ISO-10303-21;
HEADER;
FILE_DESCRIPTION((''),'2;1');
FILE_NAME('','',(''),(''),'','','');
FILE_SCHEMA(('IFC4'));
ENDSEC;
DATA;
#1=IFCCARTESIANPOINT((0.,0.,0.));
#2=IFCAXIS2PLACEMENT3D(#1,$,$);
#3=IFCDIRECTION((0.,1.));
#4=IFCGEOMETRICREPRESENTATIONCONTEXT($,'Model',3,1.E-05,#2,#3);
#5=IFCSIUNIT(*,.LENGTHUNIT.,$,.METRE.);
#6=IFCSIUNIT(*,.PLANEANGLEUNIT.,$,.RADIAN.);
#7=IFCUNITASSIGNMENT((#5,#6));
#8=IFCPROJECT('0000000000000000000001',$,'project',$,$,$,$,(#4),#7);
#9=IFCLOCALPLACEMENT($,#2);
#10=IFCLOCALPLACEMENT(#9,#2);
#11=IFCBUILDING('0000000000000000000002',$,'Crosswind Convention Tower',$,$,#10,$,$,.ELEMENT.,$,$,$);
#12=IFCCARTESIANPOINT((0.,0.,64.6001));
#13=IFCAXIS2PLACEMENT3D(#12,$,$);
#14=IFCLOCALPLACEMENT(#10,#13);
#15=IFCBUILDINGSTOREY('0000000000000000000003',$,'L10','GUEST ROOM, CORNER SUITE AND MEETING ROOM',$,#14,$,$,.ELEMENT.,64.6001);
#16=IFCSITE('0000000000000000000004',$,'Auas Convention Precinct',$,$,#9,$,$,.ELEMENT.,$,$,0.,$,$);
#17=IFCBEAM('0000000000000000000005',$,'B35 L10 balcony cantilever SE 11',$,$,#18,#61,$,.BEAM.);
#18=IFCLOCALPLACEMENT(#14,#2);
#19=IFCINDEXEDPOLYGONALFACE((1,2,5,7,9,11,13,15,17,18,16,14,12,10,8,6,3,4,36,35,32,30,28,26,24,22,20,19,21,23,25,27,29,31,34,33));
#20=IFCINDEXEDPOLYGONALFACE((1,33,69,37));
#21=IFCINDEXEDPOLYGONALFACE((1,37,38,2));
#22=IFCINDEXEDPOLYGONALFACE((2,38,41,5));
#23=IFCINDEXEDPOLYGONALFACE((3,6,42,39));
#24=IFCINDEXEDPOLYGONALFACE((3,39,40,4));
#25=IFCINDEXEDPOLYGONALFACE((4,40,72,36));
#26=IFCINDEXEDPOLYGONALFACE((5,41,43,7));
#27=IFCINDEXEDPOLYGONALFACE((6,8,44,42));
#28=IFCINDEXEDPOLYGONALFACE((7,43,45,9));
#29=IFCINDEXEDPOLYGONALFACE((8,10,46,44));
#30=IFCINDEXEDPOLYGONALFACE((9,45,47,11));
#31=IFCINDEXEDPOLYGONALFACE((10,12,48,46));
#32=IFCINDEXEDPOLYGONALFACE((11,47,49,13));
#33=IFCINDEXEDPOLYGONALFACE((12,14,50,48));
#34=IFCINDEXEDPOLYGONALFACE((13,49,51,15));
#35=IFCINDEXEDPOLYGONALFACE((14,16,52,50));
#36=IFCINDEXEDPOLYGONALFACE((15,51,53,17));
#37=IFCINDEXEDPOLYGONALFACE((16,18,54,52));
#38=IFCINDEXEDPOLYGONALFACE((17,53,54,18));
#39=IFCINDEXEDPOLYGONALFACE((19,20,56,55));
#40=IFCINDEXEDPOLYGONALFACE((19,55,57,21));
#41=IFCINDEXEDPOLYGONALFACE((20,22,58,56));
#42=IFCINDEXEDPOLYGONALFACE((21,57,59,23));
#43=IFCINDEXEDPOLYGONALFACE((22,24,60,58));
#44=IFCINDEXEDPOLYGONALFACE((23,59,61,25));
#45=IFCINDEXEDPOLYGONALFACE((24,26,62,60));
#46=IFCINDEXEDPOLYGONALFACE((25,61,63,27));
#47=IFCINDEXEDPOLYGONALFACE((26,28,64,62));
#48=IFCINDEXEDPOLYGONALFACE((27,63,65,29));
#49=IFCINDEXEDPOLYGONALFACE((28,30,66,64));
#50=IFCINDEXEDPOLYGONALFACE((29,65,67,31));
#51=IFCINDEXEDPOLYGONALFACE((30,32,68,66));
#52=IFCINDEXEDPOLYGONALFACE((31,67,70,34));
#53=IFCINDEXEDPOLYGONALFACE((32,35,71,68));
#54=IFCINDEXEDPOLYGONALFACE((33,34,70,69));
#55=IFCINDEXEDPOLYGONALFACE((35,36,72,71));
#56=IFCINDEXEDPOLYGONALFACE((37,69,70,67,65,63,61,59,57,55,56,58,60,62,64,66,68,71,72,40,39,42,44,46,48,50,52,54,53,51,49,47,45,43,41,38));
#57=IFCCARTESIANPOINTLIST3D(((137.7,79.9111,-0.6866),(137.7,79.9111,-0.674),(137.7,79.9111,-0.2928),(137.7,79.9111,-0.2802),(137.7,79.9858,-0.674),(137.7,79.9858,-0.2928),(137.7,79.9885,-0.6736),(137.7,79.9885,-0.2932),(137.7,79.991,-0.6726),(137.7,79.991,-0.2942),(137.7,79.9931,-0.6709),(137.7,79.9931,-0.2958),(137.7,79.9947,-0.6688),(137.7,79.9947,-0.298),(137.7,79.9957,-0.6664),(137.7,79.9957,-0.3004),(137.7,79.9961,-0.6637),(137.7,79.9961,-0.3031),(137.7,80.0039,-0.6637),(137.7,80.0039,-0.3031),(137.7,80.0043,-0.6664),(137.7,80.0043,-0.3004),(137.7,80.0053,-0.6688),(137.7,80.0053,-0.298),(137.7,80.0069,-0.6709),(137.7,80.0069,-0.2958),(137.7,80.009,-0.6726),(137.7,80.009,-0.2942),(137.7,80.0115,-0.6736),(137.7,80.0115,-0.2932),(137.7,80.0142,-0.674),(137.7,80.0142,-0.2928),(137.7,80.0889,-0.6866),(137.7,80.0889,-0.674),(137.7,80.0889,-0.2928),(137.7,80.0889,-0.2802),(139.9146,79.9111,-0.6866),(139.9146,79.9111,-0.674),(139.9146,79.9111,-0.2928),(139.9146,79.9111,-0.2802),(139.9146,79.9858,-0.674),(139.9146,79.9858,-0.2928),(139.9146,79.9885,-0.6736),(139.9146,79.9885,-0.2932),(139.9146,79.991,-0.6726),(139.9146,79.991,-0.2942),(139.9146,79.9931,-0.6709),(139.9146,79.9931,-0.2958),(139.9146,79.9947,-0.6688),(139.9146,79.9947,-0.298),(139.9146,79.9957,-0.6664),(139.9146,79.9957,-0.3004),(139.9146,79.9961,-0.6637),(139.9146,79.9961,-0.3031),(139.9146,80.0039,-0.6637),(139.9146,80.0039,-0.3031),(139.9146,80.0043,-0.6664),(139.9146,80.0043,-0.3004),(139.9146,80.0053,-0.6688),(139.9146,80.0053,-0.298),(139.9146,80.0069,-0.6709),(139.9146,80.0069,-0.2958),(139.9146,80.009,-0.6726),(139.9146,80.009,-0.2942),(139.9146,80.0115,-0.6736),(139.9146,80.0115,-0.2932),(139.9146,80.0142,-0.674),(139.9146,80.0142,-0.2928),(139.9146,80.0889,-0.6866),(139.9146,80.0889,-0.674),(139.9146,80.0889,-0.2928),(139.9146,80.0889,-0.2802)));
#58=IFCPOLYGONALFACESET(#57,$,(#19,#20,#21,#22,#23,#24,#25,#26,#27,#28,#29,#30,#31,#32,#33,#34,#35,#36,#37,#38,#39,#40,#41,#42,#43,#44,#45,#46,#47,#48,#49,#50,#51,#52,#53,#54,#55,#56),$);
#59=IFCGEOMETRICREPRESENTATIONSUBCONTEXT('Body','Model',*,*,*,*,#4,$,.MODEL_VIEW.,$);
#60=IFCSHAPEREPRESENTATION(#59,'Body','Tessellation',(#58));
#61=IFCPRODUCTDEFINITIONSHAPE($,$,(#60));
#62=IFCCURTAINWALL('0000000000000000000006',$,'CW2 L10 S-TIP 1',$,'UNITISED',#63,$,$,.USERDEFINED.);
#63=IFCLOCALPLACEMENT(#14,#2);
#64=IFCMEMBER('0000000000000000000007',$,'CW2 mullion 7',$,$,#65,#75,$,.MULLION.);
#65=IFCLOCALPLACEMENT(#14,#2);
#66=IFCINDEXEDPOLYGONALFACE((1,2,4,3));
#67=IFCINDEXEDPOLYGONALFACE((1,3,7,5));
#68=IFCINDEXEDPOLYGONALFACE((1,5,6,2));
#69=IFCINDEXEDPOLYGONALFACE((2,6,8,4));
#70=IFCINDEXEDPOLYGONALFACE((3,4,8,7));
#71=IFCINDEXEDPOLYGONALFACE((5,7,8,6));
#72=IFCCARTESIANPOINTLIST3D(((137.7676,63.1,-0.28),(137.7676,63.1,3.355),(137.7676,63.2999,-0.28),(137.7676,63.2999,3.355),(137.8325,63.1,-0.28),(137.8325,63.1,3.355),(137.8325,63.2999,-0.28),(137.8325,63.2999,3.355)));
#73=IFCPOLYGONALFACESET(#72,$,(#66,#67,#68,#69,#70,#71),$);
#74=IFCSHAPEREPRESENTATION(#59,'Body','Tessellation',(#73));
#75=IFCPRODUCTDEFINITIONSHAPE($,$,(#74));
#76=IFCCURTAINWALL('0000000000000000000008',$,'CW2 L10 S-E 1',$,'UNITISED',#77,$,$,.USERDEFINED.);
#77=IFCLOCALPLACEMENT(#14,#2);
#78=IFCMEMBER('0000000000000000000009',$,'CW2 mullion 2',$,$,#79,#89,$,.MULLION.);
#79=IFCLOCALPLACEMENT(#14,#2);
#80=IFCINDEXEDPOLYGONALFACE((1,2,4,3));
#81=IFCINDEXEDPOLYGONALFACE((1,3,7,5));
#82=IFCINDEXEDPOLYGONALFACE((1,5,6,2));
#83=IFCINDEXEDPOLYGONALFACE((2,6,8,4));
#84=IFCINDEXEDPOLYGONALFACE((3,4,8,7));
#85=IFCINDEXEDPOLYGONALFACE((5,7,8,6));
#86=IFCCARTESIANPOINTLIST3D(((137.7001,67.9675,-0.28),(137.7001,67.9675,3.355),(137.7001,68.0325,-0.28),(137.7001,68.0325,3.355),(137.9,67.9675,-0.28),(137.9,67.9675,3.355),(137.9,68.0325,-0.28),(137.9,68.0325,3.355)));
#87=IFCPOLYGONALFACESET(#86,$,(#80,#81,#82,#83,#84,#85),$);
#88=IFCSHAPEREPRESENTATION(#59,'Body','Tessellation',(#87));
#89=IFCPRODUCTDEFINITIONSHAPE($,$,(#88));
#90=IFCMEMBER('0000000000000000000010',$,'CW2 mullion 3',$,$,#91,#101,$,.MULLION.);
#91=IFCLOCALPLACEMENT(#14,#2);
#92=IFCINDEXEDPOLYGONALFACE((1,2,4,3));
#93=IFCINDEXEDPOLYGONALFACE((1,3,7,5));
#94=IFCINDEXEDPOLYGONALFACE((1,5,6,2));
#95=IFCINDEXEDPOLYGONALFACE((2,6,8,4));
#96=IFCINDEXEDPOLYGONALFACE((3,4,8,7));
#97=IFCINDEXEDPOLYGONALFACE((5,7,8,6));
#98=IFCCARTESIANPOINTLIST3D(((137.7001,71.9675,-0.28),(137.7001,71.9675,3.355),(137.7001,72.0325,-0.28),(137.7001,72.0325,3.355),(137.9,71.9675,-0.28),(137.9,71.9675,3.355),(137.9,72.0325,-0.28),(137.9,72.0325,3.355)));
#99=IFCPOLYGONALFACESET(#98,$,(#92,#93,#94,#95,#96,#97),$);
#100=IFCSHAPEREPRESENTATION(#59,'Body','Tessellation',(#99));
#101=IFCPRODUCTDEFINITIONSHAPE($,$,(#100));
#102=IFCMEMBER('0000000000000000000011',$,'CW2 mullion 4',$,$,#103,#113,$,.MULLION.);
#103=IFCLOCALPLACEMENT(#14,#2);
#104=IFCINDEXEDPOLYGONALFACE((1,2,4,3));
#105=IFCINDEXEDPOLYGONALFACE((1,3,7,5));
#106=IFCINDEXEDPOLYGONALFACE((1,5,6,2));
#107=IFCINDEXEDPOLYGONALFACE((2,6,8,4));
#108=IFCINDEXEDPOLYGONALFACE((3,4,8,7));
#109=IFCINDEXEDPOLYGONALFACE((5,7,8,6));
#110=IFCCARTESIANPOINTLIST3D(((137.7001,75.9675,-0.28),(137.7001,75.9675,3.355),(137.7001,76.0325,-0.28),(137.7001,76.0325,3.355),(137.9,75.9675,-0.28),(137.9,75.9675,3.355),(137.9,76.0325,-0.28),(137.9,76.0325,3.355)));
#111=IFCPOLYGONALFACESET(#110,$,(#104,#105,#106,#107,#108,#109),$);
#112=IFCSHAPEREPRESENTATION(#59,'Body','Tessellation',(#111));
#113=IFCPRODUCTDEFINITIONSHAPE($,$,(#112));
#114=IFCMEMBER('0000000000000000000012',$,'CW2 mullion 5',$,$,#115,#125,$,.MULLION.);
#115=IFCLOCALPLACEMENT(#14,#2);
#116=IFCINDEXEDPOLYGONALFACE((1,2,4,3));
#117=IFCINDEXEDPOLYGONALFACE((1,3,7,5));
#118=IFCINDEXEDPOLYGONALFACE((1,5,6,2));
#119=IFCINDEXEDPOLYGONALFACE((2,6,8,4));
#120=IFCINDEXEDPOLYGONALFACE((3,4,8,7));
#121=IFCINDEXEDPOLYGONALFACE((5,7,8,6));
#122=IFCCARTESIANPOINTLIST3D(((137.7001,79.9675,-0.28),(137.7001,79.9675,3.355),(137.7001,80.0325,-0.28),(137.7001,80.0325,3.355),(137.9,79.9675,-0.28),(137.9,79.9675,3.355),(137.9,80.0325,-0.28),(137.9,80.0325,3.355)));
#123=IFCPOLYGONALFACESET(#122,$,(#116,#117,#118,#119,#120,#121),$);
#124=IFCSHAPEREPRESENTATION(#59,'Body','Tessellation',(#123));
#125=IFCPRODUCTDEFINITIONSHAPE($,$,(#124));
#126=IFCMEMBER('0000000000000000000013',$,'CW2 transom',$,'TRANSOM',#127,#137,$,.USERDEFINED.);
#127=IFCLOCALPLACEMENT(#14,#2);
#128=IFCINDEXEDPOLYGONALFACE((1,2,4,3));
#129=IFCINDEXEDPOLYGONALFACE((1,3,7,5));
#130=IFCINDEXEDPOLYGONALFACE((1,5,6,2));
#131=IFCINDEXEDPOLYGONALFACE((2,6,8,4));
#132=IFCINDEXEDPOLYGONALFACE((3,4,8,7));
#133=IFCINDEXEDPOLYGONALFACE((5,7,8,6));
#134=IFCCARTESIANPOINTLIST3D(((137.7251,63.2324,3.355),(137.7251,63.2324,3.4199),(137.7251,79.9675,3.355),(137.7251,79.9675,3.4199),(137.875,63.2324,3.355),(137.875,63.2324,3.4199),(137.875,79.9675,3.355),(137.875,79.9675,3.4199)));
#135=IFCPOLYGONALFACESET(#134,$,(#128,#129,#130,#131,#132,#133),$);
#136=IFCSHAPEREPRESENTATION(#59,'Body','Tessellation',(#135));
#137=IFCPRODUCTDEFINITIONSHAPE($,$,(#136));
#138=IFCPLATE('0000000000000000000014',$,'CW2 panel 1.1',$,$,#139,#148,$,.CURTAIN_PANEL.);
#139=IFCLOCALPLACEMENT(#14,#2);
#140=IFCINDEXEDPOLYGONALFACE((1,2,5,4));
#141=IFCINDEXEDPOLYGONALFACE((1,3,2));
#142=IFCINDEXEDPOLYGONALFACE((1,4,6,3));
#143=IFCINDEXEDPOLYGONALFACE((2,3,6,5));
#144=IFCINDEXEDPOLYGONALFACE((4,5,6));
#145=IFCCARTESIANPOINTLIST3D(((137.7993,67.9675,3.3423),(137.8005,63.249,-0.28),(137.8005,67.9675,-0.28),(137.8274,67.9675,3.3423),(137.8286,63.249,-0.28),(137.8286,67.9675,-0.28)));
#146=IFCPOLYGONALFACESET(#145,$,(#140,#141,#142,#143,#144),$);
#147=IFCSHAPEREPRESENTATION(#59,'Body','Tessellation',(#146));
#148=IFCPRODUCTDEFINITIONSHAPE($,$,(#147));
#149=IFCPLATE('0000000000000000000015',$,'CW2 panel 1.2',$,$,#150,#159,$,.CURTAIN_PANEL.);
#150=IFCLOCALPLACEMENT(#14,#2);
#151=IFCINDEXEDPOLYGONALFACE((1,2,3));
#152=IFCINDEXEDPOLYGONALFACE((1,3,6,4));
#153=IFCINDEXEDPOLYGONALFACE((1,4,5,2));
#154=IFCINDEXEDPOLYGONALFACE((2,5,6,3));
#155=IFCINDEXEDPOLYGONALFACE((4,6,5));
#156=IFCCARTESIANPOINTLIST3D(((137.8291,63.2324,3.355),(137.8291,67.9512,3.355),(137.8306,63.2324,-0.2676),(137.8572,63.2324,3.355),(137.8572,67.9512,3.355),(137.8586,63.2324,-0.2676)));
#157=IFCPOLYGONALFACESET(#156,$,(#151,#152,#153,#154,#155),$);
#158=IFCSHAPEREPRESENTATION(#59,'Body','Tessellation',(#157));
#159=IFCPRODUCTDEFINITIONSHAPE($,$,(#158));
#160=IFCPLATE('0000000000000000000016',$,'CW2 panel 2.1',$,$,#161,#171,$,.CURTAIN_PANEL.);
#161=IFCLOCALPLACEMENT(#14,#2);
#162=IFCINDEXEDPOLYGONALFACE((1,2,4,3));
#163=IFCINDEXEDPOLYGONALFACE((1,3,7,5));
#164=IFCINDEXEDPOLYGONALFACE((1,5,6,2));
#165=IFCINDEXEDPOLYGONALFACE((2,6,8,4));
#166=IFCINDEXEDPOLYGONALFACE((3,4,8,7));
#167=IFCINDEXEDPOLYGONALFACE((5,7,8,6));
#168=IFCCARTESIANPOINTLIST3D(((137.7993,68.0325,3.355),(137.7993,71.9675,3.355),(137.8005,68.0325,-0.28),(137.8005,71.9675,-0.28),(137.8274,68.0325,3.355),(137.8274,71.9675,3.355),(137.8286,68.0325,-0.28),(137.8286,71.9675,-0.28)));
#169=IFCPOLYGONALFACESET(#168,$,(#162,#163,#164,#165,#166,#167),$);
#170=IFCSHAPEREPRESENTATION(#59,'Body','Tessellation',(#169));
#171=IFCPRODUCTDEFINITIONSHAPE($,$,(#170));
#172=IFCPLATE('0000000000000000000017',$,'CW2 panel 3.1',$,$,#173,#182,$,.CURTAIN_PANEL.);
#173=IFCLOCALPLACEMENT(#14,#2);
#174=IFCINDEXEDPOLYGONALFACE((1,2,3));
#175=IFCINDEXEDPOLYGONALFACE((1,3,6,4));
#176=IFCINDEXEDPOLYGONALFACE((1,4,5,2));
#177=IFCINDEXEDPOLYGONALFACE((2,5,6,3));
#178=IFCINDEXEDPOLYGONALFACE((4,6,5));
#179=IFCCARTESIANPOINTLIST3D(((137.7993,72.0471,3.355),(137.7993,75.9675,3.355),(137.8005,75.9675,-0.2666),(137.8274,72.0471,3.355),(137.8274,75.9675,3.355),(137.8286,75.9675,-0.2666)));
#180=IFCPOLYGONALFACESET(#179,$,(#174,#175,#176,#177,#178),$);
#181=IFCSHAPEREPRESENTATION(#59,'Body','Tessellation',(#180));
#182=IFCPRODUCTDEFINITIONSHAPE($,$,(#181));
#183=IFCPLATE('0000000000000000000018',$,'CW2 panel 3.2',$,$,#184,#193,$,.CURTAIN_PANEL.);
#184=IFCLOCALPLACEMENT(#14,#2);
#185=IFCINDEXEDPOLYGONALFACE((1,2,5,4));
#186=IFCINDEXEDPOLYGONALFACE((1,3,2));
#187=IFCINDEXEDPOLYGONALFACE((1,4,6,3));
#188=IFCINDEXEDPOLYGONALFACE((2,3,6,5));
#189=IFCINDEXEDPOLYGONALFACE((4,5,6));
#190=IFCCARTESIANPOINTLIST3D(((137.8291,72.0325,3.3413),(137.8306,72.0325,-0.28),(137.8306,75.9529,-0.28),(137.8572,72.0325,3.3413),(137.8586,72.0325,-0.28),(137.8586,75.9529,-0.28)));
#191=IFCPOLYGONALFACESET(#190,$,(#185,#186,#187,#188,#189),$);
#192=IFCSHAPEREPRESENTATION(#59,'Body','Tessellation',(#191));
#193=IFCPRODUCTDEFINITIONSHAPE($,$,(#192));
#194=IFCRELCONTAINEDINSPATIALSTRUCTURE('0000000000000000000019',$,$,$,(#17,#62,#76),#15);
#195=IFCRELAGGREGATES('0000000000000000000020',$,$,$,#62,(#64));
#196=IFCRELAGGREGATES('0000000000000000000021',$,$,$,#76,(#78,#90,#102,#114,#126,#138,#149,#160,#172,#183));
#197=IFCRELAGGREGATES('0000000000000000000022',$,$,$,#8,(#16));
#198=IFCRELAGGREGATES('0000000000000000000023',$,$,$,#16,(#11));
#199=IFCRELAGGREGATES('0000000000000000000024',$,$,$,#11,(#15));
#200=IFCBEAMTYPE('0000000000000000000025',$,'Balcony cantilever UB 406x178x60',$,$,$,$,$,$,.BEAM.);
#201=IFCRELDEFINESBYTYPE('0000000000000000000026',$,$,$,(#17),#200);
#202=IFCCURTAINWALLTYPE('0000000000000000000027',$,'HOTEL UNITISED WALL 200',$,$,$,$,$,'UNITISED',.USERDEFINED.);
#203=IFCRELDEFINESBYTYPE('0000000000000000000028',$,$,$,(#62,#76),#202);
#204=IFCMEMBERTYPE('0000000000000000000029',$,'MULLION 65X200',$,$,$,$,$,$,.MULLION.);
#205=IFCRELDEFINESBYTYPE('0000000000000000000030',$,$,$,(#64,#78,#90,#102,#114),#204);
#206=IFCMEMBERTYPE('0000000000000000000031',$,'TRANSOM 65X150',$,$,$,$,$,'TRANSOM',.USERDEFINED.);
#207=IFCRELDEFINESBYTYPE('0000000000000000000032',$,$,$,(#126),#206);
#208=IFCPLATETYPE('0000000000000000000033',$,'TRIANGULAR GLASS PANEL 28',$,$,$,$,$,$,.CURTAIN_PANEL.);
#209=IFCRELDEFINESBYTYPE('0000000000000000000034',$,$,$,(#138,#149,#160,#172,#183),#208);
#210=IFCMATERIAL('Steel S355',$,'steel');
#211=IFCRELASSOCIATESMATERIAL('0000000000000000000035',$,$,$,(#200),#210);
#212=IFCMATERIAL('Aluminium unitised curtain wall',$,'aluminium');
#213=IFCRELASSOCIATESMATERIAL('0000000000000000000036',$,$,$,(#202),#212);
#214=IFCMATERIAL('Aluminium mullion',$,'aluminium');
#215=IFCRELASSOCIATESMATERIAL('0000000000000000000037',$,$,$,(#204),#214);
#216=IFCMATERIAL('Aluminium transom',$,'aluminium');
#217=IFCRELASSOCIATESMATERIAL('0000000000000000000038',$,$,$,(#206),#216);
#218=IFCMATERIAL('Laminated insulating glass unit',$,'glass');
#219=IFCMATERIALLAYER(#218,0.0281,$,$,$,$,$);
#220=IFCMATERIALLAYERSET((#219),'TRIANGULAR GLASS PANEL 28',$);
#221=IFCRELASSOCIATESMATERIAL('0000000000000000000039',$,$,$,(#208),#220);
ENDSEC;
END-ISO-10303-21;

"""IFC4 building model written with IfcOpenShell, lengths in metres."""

from ifc_helpers import new_model, si_unit, direction, frame, origin, origin_2d, place, context, subcontext, project, spatial, polyline, rectangle, i_section, outline, extrude, material, layer, layer_set, material_profile, profile_set, type_object, element, aggregate, save


model = new_model("IFC4")

# Units and contexts
model_context = context("Model", 3, precision=1e-05, world=origin(), true_north=direction((0.0, 1.0)))
body_context = subcontext(model_context, "Body", "Model", "MODEL_VIEW")
ifc_project = project(units=[si_unit("LENGTHUNIT", "METRE"), si_unit("PLANEANGLEUNIT", "RADIAN")], contexts=[model_context])

# Site, building, storey
site_placement = place(None, origin())
site = spatial("IfcSite", under=ifc_project, at=site_placement, Name="Auas Convention Precinct", CompositionType="ELEMENT", RefElevation=0.0)
building_placement = place(site_placement, origin())
building = spatial("IfcBuilding", under=site, at=building_placement, Name="Crosswind Convention Tower", CompositionType="ELEMENT")
storey_placement = place(building_placement, frame((0.0, 0.0, 64.6001)))
storey = spatial("IfcBuildingStorey", under=building, at=storey_placement, Name="L10", Description="GUEST ROOM, CORNER SUITE AND MEETING ROOM", CompositionType="ELEMENT", Elevation=64.6001)

# Beam
ifc_material_1 = material(Name="Steel S355", Category="steel")
ifc_material_profile_1 = material_profile(ifc_material_1, i_section(OverallWidth=0.1777, OverallDepth=0.4065, WebThickness=0.0078, FlangeThickness=0.0127, FilletRadius=0.0103, at=origin_2d()), Name="UB 406x178x60")
ifc_profile_set_1 = profile_set([ifc_material_profile_1], Name="Steel S355")
beam_type = type_object("IfcBeamType", Name="Balcony cantilever UB 406x178x60", PredefinedType="BEAM", material=ifc_profile_set_1)
beam_placement = place(storey_placement, frame((137.7, 80.0, -0.4834), z_axis=(1.0, 0.0, 0.0), x_axis=(0.0, 1.0, 0.0)))
element("IfcBeam", 1, at=beam_placement, inside=storey, type_object=beam_type, Name="B35 L10 balcony cantilever SE 11", PredefinedType="BEAM", context=body_context, shape_type="SweptSolid", body=[
    extrude(i_section(OverallWidth=0.1777, OverallDepth=0.4065, WebThickness=0.0078, FlangeThickness=0.0127, FilletRadius=0.0103, at=origin_2d()), origin(), (0.0, 0.0, 1.0), 2.2146),
])

# Curtain wall, member
ifc_material_2 = material(Name="Aluminium unitised curtain wall", Category="aluminium")
curtain_wall_type = type_object("IfcCurtainWallType", Name="HOTEL UNITISED WALL 200", ElementType="UNITISED", PredefinedType="USERDEFINED", material=ifc_material_2)
curtain_wall_1_placement = place(storey_placement, origin())
curtain_wall_1 = element("IfcCurtainWall", 2, at=curtain_wall_1_placement, inside=storey, type_object=curtain_wall_type, Name="CW2 L10 S-TIP 1", ObjectType="UNITISED", PredefinedType="USERDEFINED")
ifc_material_3 = material(Name="Aluminium mullion", Category="aluminium")
ifc_material_profile_2 = material_profile(ifc_material_3, rectangle(XDim=0.2, YDim=0.0649, at=origin_2d()), Name="AL 200X65")
ifc_profile_set_2 = profile_set([ifc_material_profile_2], Name="Aluminium mullion")
member_type_1 = type_object("IfcMemberType", Name="MULLION 65X200", PredefinedType="MULLION", material=ifc_profile_set_2)
member_1_placement = place(storey_placement, frame((137.8, 63.2, -0.28), z_axis=(0.0, 0.0, 1.0), x_axis=(0.0, -1.0, 0.0)))
member_1 = element("IfcMember", 3, at=member_1_placement, type_object=member_type_1, Name="CW2 mullion 7", PredefinedType="MULLION", context=body_context, shape_type="SweptSolid", body=[
    extrude(rectangle(XDim=0.2, YDim=0.0649, at=origin_2d()), origin(), (0.0, 0.0, 1.0), 3.635),
])
aggregate(curtain_wall_1, [member_1])

# Curtain wall, members, plates
curtain_wall_2_placement = place(storey_placement, origin())
curtain_wall_2 = element("IfcCurtainWall", 4, at=curtain_wall_2_placement, inside=storey, type_object=curtain_wall_type, Name="CW2 L10 S-E 1", ObjectType="UNITISED", PredefinedType="USERDEFINED")
member_2_placement = place(storey_placement, frame((137.8, 68.0, -0.28), z_axis=(0.0, 0.0, 1.0), x_axis=(1.0, 0.0, 0.0)))
member_2 = element("IfcMember", 5, at=member_2_placement, type_object=member_type_1, Name="CW2 mullion 2", PredefinedType="MULLION", context=body_context, shape_type="SweptSolid", body=[
    extrude(rectangle(XDim=0.2, YDim=0.0649, at=origin_2d()), origin(), (0.0, 0.0, 1.0), 3.635),
])
member_3_placement = place(storey_placement, frame((137.8, 72.0, -0.28), z_axis=(0.0, 0.0, 1.0), x_axis=(1.0, 0.0, 0.0)))
member_3 = element("IfcMember", 6, at=member_3_placement, type_object=member_type_1, Name="CW2 mullion 3", PredefinedType="MULLION", context=body_context, shape_type="SweptSolid", body=[
    extrude(rectangle(XDim=0.2, YDim=0.0649, at=origin_2d()), origin(), (0.0, 0.0, 1.0), 3.635),
])
member_4_placement = place(storey_placement, frame((137.8, 76.0, -0.28), z_axis=(0.0, 0.0, 1.0), x_axis=(1.0, 0.0, 0.0)))
member_4 = element("IfcMember", 7, at=member_4_placement, type_object=member_type_1, Name="CW2 mullion 4", PredefinedType="MULLION", context=body_context, shape_type="SweptSolid", body=[
    extrude(rectangle(XDim=0.2, YDim=0.0649, at=origin_2d()), origin(), (0.0, 0.0, 1.0), 3.635),
])
member_5_placement = place(storey_placement, frame((137.8, 80.0, -0.28), z_axis=(0.0, 0.0, 1.0), x_axis=(1.0, 0.0, 0.0)))
member_5 = element("IfcMember", 8, at=member_5_placement, type_object=member_type_1, Name="CW2 mullion 5", PredefinedType="MULLION", context=body_context, shape_type="SweptSolid", body=[
    extrude(rectangle(XDim=0.2, YDim=0.0649, at=origin_2d()), origin(), (0.0, 0.0, 1.0), 3.635),
])
ifc_material_4 = material(Name="Aluminium transom", Category="aluminium")
ifc_material_profile_3 = material_profile(ifc_material_4, rectangle(XDim=0.1499, YDim=0.0649, at=origin_2d()), Name="AL 150X65")
ifc_profile_set_3 = profile_set([ifc_material_profile_3], Name="Aluminium transom")
member_type_2 = type_object("IfcMemberType", Name="TRANSOM 65X150", ElementType="TRANSOM", PredefinedType="USERDEFINED", material=ifc_profile_set_3)
member_6_placement = place(storey_placement, frame((137.8, 63.2324, 3.3875), z_axis=(0.0, 1.0, 0.0), x_axis=(-1.0, 0.0, 0.0)))
member_6 = element("IfcMember", 9, at=member_6_placement, type_object=member_type_2, Name="CW2 transom", ObjectType="TRANSOM", PredefinedType="USERDEFINED", context=body_context, shape_type="SweptSolid", body=[
    extrude(rectangle(XDim=0.1499, YDim=0.0649, at=origin_2d()), origin(), (0.0, 0.0, 1.0), 16.7351),
])
ifc_material_5 = material(Name="Laminated insulating glass unit", Category="glass")
ifc_layer_1 = layer(ifc_material_5, 0.0281)
ifc_layer_set_1 = layer_set([ifc_layer_1], Name="TRIANGULAR GLASS PANEL 28")
plate_type = type_object("IfcPlateType", Name="TRIANGULAR GLASS PANEL 28", PredefinedType="CURTAIN_PANEL", material=ifc_layer_set_1)
plate_1_placement = place(storey_placement, frame((137.8286, 67.9675, -0.28), z_axis=(1.0, 0.0, 0.000337), x_axis=(-0.000337, 0.0, 1.0)))
plate_1 = element("IfcPlate", 10, at=plate_1_placement, type_object=plate_type, Name="CW2 panel 1.1", PredefinedType="CURTAIN_PANEL", context=body_context, shape_type="SweptSolid", body=[
    extrude(outline(polyline([(0.0, 0.0), (3.6223, 0.0), (0.0, 4.7185), (0.0, 0.0)])), origin(), (0.0, 0.0, -1.0), 0.0281),
])
plate_2_placement = place(storey_placement, frame((137.8572, 63.2324, 3.355), z_axis=(1.0, 0.0, 0.000404), x_axis=(0.000404, 0.0, -1.0)))
plate_2 = element("IfcPlate", 11, at=plate_2_placement, type_object=plate_type, Name="CW2 panel 1.2", PredefinedType="CURTAIN_PANEL", context=body_context, shape_type="SweptSolid", body=[
    extrude(outline(polyline([(0.0, 0.0), (3.6226, 0.0), (0.0, 4.7187), (0.0, 0.0)])), origin(), (0.0, 0.0, -1.0), 0.0281),
])
plate_3_placement = place(storey_placement, frame((137.8286, 68.0325, -0.28), z_axis=(1.0, 0.0, 0.000336), x_axis=(0.0, 1.0, 0.0)))
plate_3 = element("IfcPlate", 12, at=plate_3_placement, type_object=plate_type, Name="CW2 panel 2.1", PredefinedType="CURTAIN_PANEL", context=body_context, shape_type="SweptSolid", body=[
    extrude(outline(polyline([(0.0, 0.0), (3.9351, 0.0), (3.9351, 3.635), (0.0, 3.635), (0.0, 0.0)])), origin(), (0.0, 0.0, -1.0), 0.0281),
])
plate_4_placement = place(storey_placement, frame((137.8274, 75.9675, 3.355), z_axis=(1.0, 0.0, 0.000337), x_axis=(0.0, -1.0, 0.0)))
plate_4 = element("IfcPlate", 13, at=plate_4_placement, type_object=plate_type, Name="CW2 panel 3.1", PredefinedType="CURTAIN_PANEL", context=body_context, shape_type="SweptSolid", body=[
    extrude(outline(polyline([(0.0, 0.0), (3.9204, 0.0), (0.0, 3.6216), (0.0, 0.0)])), origin(), (0.0, 0.0, -1.0), 0.0281),
])
plate_5_placement = place(storey_placement, frame((137.8586, 72.0325, -0.28), z_axis=(1.0, 0.0, 0.000405), x_axis=(0.0, 1.0, 0.0)))
plate_5 = element("IfcPlate", 14, at=plate_5_placement, type_object=plate_type, Name="CW2 panel 3.2", PredefinedType="CURTAIN_PANEL", context=body_context, shape_type="SweptSolid", body=[
    extrude(outline(polyline([(0.0, 0.0), (3.9204, 0.0), (0.0, 3.6213), (0.0, 0.0)])), origin(), (0.0, 0.0, -1.0), 0.0281),
])

aggregate(curtain_wall_2, [member_2, member_3, member_4, member_5, member_6, plate_1, plate_2, plate_3, plate_4, plate_5])

save(model, "model.ifc")
